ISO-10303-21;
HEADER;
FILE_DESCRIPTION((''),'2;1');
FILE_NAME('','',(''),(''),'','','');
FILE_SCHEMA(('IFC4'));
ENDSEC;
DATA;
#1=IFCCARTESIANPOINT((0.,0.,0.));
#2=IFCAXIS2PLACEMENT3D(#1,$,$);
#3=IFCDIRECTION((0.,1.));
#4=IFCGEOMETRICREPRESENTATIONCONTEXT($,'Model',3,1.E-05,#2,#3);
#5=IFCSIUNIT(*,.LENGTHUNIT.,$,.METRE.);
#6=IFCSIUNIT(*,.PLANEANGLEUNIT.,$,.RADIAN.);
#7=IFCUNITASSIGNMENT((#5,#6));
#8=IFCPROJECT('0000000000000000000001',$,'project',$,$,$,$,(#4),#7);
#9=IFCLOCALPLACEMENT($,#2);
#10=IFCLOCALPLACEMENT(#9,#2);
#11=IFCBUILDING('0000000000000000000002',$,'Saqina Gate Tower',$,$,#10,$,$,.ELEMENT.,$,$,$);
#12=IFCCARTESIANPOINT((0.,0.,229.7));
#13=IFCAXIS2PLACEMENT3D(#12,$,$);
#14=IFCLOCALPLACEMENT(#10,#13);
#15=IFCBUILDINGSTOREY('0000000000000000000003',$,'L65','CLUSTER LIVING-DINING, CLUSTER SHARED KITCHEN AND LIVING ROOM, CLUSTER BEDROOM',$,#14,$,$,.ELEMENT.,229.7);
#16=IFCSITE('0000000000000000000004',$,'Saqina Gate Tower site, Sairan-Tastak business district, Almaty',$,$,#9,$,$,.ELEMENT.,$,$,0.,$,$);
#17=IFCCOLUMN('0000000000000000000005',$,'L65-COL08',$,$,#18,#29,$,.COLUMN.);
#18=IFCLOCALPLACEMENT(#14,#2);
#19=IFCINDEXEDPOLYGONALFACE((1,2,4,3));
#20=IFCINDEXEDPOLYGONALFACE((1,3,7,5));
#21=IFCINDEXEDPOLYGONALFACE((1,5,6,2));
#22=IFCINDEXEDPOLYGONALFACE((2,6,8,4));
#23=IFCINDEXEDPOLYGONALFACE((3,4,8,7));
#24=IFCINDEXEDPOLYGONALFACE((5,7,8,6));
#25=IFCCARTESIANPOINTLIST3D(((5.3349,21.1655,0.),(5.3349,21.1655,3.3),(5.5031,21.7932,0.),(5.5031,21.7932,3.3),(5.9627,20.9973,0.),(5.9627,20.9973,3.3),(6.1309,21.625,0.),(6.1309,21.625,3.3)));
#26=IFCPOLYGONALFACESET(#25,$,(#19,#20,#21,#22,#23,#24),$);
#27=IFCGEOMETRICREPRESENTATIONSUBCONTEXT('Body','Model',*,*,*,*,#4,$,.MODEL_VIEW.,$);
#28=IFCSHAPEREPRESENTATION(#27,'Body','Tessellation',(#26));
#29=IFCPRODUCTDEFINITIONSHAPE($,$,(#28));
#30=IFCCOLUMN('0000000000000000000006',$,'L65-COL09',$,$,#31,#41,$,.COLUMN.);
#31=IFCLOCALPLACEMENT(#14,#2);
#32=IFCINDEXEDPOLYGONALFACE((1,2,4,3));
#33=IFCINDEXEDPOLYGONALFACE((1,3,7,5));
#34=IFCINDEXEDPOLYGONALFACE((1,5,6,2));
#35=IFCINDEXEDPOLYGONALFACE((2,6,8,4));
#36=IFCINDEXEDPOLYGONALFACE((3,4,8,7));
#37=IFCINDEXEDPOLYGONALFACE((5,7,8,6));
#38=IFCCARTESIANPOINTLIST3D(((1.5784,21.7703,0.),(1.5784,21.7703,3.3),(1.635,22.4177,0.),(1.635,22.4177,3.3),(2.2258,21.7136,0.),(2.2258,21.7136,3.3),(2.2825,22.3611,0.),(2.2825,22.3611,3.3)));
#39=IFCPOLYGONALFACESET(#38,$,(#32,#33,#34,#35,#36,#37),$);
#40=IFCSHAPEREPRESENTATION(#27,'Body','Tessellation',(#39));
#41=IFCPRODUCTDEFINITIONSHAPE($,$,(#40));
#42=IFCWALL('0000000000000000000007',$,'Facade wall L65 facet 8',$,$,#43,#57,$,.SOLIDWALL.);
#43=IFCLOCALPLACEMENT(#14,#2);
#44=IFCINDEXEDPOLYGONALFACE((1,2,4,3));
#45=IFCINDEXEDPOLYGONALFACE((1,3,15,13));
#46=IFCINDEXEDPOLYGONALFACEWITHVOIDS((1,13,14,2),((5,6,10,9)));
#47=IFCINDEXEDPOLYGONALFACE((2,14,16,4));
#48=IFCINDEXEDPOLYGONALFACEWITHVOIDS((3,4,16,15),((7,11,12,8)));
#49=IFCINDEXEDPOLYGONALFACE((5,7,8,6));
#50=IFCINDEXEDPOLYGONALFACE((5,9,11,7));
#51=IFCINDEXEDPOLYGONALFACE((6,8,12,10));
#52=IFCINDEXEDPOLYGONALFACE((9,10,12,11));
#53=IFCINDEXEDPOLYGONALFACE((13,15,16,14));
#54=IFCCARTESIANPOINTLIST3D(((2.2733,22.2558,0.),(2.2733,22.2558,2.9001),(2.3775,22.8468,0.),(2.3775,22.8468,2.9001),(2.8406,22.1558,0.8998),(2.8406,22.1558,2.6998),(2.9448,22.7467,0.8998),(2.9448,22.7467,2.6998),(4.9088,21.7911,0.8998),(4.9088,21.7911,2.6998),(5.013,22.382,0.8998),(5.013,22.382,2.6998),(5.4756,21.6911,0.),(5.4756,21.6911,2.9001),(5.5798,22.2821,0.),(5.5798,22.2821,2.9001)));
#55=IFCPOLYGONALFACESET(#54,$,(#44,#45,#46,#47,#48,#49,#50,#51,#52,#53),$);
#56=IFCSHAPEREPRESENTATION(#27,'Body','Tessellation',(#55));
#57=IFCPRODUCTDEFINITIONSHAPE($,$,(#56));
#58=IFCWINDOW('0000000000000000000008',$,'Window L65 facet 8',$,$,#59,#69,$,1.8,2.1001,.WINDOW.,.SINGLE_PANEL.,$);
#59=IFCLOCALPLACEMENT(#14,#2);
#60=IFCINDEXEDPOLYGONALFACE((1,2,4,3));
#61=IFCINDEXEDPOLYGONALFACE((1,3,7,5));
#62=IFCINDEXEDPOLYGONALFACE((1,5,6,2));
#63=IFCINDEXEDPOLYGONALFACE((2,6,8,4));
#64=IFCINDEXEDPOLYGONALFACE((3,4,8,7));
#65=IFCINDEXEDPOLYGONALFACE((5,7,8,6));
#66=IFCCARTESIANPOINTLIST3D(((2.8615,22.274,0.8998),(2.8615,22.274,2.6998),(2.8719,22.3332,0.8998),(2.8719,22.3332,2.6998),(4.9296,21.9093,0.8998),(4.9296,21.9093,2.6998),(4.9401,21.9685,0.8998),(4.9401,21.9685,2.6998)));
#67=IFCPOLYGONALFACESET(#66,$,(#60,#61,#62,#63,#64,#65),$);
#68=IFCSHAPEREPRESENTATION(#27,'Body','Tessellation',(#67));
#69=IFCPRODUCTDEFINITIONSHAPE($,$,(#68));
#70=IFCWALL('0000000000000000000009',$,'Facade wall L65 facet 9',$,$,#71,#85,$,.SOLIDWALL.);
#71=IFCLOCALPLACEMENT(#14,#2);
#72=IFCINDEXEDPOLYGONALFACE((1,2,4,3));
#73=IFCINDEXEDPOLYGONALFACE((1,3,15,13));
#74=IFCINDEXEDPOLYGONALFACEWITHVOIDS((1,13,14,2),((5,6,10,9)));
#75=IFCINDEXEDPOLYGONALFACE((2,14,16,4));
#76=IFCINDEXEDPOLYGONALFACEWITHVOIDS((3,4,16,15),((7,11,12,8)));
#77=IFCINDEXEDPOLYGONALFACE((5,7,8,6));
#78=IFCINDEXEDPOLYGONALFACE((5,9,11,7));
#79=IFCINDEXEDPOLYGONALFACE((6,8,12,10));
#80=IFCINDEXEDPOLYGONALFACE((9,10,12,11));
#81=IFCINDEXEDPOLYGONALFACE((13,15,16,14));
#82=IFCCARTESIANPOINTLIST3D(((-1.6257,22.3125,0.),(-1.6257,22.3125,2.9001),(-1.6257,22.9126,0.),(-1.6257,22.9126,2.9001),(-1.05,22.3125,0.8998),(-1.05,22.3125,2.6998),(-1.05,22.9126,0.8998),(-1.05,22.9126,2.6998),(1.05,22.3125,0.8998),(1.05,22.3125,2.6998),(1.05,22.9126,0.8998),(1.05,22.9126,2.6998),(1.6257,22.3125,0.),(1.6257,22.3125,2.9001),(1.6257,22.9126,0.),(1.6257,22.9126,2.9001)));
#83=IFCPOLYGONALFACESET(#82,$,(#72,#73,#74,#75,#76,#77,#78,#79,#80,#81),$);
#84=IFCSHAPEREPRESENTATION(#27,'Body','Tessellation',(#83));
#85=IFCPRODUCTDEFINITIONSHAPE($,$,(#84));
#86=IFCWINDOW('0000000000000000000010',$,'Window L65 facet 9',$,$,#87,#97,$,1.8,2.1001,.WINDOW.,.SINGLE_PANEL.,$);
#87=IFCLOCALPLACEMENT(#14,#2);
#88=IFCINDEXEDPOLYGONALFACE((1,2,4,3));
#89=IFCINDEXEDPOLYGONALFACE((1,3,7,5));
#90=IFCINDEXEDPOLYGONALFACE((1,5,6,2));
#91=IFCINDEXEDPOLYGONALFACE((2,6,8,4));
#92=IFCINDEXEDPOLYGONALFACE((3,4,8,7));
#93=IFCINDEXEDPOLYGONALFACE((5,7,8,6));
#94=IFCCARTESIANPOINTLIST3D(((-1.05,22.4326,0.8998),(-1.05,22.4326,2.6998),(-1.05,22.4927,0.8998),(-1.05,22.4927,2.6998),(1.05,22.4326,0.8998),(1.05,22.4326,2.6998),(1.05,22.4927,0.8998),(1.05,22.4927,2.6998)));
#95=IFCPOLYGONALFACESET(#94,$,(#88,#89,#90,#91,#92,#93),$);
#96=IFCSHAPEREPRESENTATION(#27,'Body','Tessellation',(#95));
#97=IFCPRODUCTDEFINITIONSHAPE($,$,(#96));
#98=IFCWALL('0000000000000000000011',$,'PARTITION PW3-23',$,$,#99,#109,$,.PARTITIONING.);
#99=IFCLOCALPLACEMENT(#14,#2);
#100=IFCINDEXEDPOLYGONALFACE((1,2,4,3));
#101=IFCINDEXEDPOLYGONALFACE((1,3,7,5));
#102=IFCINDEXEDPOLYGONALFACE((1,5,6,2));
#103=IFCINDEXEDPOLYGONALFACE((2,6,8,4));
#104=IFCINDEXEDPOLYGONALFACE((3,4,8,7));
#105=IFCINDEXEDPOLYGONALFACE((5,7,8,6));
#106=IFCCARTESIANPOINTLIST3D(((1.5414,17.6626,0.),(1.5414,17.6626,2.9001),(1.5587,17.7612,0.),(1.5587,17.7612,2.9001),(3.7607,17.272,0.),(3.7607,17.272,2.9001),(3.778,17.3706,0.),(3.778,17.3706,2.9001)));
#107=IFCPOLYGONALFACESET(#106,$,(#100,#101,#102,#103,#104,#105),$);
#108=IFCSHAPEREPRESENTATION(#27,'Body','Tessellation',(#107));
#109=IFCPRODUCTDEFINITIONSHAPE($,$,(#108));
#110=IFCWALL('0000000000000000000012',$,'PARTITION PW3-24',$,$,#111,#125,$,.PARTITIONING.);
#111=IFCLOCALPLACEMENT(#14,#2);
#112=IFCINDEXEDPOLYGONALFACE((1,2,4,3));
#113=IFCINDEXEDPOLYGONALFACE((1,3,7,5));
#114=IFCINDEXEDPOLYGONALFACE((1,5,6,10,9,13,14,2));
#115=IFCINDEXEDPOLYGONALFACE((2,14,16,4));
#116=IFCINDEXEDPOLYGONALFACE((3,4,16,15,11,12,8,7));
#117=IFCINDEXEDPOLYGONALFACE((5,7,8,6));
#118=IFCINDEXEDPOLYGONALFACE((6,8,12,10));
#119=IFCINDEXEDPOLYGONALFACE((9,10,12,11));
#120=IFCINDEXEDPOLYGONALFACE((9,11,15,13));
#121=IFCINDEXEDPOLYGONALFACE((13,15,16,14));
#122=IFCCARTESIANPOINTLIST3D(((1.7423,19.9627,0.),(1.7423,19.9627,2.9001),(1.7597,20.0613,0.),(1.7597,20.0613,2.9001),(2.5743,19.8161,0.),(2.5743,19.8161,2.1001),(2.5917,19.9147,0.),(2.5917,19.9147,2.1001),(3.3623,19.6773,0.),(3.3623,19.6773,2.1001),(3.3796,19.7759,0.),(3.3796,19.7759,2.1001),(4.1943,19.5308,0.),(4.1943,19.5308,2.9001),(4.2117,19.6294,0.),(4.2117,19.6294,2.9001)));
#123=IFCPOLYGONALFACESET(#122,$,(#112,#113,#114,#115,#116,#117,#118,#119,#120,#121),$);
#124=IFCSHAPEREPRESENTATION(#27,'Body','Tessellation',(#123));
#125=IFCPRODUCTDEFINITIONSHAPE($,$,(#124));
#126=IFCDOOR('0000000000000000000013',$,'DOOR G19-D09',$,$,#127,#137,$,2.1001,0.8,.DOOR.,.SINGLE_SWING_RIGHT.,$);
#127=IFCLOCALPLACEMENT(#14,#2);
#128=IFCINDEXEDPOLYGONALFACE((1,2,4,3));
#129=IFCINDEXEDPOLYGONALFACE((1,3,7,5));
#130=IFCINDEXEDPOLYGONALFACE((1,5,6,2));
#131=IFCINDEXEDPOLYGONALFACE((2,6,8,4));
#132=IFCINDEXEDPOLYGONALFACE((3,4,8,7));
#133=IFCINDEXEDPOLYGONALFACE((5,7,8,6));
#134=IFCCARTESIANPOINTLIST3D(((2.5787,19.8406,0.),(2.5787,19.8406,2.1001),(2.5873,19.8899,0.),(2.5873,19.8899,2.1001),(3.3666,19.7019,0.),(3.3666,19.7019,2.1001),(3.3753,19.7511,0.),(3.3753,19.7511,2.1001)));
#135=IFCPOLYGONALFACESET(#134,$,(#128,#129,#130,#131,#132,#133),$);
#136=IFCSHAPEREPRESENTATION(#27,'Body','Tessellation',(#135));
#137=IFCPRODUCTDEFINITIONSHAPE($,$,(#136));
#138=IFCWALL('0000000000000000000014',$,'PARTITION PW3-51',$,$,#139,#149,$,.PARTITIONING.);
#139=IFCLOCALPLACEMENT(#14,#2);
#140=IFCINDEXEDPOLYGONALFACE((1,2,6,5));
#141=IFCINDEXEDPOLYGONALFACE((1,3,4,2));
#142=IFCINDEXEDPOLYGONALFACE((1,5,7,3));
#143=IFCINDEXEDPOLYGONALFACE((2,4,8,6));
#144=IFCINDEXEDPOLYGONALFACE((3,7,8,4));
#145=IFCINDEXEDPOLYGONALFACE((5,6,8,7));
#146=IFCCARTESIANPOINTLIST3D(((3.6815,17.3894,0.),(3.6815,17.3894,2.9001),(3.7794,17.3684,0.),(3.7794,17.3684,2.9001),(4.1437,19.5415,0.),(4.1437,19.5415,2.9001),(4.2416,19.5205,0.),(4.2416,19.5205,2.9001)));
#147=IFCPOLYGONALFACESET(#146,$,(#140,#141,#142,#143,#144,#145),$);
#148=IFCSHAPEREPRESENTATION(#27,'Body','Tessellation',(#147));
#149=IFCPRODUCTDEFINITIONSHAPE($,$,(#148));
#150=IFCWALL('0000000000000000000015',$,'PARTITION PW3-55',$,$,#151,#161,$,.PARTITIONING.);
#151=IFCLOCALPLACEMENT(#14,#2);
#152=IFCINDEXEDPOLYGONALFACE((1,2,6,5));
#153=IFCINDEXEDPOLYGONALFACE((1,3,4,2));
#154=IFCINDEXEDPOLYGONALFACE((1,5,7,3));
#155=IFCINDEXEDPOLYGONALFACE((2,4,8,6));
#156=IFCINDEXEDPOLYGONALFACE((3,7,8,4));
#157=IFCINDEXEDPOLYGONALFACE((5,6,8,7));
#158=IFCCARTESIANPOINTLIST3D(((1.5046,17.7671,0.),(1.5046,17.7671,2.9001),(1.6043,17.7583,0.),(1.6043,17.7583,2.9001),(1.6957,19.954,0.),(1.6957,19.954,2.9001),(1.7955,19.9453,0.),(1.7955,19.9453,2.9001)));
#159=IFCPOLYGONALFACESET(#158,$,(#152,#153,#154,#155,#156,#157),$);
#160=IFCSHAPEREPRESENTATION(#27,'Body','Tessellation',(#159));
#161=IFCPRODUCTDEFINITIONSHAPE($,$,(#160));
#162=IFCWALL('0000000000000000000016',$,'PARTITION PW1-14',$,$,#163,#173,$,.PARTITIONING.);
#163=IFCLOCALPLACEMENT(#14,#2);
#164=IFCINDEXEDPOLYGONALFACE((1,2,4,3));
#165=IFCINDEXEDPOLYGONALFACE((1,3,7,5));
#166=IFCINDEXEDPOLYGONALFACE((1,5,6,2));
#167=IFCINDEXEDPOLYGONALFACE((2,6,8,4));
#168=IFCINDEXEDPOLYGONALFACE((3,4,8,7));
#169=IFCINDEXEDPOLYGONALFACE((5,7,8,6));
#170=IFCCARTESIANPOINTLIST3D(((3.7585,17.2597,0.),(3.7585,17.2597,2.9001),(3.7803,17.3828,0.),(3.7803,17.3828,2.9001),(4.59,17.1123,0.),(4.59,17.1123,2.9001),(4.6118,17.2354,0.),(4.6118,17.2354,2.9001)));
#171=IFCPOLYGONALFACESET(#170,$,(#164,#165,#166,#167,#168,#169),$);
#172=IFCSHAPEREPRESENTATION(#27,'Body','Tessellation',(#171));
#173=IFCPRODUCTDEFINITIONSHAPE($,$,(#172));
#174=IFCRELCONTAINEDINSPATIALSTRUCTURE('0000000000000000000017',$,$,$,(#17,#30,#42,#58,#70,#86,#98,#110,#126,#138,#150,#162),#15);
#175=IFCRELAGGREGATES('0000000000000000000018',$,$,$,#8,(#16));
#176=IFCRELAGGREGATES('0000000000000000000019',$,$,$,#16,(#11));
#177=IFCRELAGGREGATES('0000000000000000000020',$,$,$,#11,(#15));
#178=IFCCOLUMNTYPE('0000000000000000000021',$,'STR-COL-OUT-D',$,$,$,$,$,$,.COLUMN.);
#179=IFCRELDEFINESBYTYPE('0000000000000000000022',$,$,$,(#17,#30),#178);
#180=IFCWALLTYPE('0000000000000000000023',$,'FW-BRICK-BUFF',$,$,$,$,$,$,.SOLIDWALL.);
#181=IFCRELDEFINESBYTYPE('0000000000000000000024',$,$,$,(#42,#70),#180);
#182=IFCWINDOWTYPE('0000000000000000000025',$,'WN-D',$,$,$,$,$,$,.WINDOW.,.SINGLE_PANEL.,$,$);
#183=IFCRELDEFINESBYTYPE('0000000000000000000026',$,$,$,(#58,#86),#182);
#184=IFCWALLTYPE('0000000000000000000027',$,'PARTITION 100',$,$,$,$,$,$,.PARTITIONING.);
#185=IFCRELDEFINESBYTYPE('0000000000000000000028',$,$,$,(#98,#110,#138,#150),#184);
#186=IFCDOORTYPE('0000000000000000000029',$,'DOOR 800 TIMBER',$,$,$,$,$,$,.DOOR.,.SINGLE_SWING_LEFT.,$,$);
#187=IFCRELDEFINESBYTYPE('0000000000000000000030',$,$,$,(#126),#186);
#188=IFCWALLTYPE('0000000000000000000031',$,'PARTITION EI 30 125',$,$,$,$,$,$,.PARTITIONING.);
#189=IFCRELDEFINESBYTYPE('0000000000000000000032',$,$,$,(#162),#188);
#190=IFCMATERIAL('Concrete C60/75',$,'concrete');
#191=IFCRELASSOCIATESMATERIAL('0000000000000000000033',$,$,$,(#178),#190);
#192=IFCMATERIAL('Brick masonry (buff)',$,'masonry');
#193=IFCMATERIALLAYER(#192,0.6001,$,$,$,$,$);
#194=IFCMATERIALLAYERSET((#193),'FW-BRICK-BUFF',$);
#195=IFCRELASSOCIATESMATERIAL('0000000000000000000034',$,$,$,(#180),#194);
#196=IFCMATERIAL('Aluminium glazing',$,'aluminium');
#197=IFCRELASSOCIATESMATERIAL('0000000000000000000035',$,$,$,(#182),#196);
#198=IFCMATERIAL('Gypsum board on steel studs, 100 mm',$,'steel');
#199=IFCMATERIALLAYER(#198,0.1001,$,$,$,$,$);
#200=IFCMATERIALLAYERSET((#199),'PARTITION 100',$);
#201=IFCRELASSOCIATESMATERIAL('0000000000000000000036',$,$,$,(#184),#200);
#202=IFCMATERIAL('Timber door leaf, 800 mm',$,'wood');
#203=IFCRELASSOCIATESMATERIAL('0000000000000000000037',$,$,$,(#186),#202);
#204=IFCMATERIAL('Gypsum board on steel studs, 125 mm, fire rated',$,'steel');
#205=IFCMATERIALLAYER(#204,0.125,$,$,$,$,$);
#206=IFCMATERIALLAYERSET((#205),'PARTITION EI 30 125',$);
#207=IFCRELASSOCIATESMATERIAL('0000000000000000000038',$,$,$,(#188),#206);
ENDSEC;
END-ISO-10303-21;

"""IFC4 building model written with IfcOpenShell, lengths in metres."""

from ifc_helpers import new_model, si_unit, direction, frame, frame_2d, origin, origin_2d, place, context, subcontext, project, spatial, rectangle, extrude, material, layer, layer_set, material_profile, profile_set, type_object, element, fill, save


model = new_model("IFC4")

# Units and contexts
model_context = context("Model", 3, precision=1e-05, world=origin(), true_north=direction((0.0, 1.0)))
body_context = subcontext(model_context, "Body", "Model", "MODEL_VIEW")
ifc_project = project(units=[si_unit("LENGTHUNIT", "METRE"), si_unit("PLANEANGLEUNIT", "RADIAN")], contexts=[model_context])

# Site, building, storey
site_placement = place(None, origin())
site = spatial("IfcSite", under=ifc_project, at=site_placement, Name="Saqina Gate Tower site, Sairan-Tastak business district, Almaty", CompositionType="ELEMENT", RefElevation=0.0)
building_placement = place(site_placement, origin())
building = spatial("IfcBuilding", under=site, at=building_placement, Name="Saqina Gate Tower", CompositionType="ELEMENT")
storey_placement = place(building_placement, frame((0.0, 0.0, 229.7)))
storey = spatial("IfcBuildingStorey", under=building, at=storey_placement, Name="L65", Description="CLUSTER LIVING-DINING, CLUSTER SHARED KITCHEN AND LIVING ROOM, CLUSTER BEDROOM", CompositionType="ELEMENT", Elevation=229.7)

# Columns
ifc_material_1 = material(Name="Concrete C60/75", Category="concrete")
ifc_material_profile = material_profile(ifc_material_1, rectangle(XDim=0.6499, YDim=0.6499, at=origin_2d()), Name="RC 650x650")
ifc_profile_set = profile_set([ifc_material_profile], Name="Concrete C60/75")
column_type = type_object("IfcColumnType", Name="STR-COL-OUT-D", PredefinedType="COLUMN", material=ifc_profile_set)
for number, where, z_axis, x_axis, name in (
    (1, (5.7329, 21.3953, 0.0), (0.0, 0.0, 1.0), (0.258819, 0.965926, 0.0), "L65-COL08"),
    (2, (1.9304, 22.0657, 0.0), (0.0, 0.0, 1.0), (0.087156, 0.996195, 0.0), "L65-COL09"),
):
    element("IfcColumn", number, at=place(storey_placement, frame(where, z_axis=z_axis, x_axis=x_axis)), inside=storey, type_object=column_type, Name=name, PredefinedType="COLUMN", context=body_context, shape_type="SweptSolid", body=[
        extrude(rectangle(XDim=0.6499, YDim=0.6499, at=origin_2d()), origin(), (0.0, 0.0, 1.0), 3.3),
    ])

# Walls, openings, windows
ifc_material_2 = material(Name="Brick masonry (buff)", Category="masonry")
ifc_layer_1 = layer(ifc_material_2, 0.6001)
ifc_layer_set_1 = layer_set([ifc_layer_1], Name="FW-BRICK-BUFF")
wall_type_1 = type_object("IfcWallType", Name="FW-BRICK-BUFF", PredefinedType="SOLIDWALL", material=ifc_layer_set_1)
wall_1_placement = place(storey_placement, frame((5.5278, 21.9866, 0.0), z_axis=(0.0, 0.0, 1.0), x_axis=(-0.984806, 0.173657, 0.0)))
wall_1 = element("IfcWall", 3, at=wall_1_placement, inside=storey, type_object=wall_type_1, Name="Facade wall L65 facet 8", PredefinedType="SOLIDWALL", context=body_context, shape_type="SweptSolid", body=[
    extrude(rectangle(XDim=3.2517, YDim=0.6001, at=frame_2d((1.626, 0.0))), origin(), (0.0, 0.0, 1.0), 2.9001),
])
opening_1_placement = place(wall_1_placement, frame((0.5757, 0.0, 0.8999)))
opening_1 = element("IfcOpeningElement", 4, at=opening_1_placement, cuts=wall_1, PredefinedType="OPENING", context=body_context, shape_type="SweptSolid", body=[
    extrude(rectangle(XDim=2.1001, YDim=1.8, at=frame_2d((1.05, 0.8999))), frame((0.0, 0.312, 0.0), z_axis=(0.0, -1.0, 0.0), x_axis=(1.0, 0.0, 0.0)), (0.0, 0.0, 1.0), 0.624),
])
ifc_material_3 = material(Name="Aluminium glazing", Category="aluminium")
window_type = type_object("IfcWindowType", Name="WN-D", PartitioningType="SINGLE_PANEL", PredefinedType="WINDOW", material=ifc_material_3)
window_1_placement = place(opening_1_placement, origin())
window_1 = element("IfcWindow", 5, at=window_1_placement, inside=storey, type_object=window_type, Name="Window L65 facet 8", OverallHeight=1.8, OverallWidth=2.1001, PartitioningType="SINGLE_PANEL", PredefinedType="WINDOW", context=body_context, shape_type="SweptSolid", body=[
    extrude(rectangle(XDim=2.1001, YDim=1.8, at=frame_2d((1.05, 0.8999))), frame((0.0, 0.1799, 0.0), z_axis=(0.0, -1.0, 0.0), x_axis=(1.0, 0.0, 0.0)), (0.0, 0.0, 1.0), 0.0601),
])
fill(opening_1, window_1)
wall_2_placement = place(storey_placement, frame((1.6257, 22.6125, 0.0), z_axis=(0.0, 0.0, 1.0), x_axis=(-1.0, 0.0, 0.0)))
wall_2 = element("IfcWall", 6, at=wall_2_placement, inside=storey, type_object=wall_type_1, Name="Facade wall L65 facet 9", PredefinedType="SOLIDWALL", context=body_context, shape_type="SweptSolid", body=[
    extrude(rectangle(XDim=3.2515, YDim=0.6001, at=frame_2d((1.6257, 0.0))), origin(), (0.0, 0.0, 1.0), 2.9001),
])
opening_2_placement = place(wall_2_placement, frame((0.5757, 0.0, 0.8999)))
opening_2 = element("IfcOpeningElement", 7, at=opening_2_placement, cuts=wall_2, PredefinedType="OPENING", context=body_context, shape_type="SweptSolid", body=[
    extrude(rectangle(XDim=2.1001, YDim=1.8, at=frame_2d((1.05, 0.8999))), frame((0.0, 0.312, 0.0), z_axis=(0.0, -1.0, 0.0), x_axis=(1.0, 0.0, 0.0)), (0.0, 0.0, 1.0), 0.624),
])
window_2_placement = place(opening_2_placement, origin())
window_2 = element("IfcWindow", 8, at=window_2_placement, inside=storey, type_object=window_type, Name="Window L65 facet 9", OverallHeight=1.8, OverallWidth=2.1001, PartitioningType="SINGLE_PANEL", PredefinedType="WINDOW", context=body_context, shape_type="SweptSolid", body=[
    extrude(rectangle(XDim=2.1001, YDim=1.8, at=frame_2d((1.05, 0.8999))), frame((0.0, 0.1799, 0.0), z_axis=(0.0, -1.0, 0.0), x_axis=(1.0, 0.0, 0.0)), (0.0, 0.0, 1.0), 0.0601),
])
fill(opening_2, window_2)

# Wall
ifc_material_4 = material(Name="Gypsum board on steel studs, 100 mm", Category="steel")
ifc_layer_2 = layer(ifc_material_4, 0.1001)
ifc_layer_set_2 = layer_set([ifc_layer_2], Name="PARTITION 100")
wall_type_2 = type_object("IfcWallType", Name="PARTITION 100", PredefinedType="PARTITIONING", material=ifc_layer_set_2)
wall_3_placement = place(storey_placement, frame((1.55, 17.7119, 0.0), z_axis=(0.0, 0.0, 1.0), x_axis=(0.98486, -0.173353, 0.0)))
element("IfcWall", 9, at=wall_3_placement, inside=storey, type_object=wall_type_2, Name="PARTITION PW3-23", PredefinedType="PARTITIONING", context=body_context, shape_type="SweptSolid", body=[
    extrude(rectangle(XDim=2.2534, YDim=0.1001, at=frame_2d((1.1267, 0.0))), origin(), (0.0, 0.0, 1.0), 2.9001),
])

# Wall, opening, door
wall_4_placement = place(storey_placement, frame((1.751, 20.012, 0.0), z_axis=(0.0, 0.0, 1.0), x_axis=(0.984839, -0.173472, 0.0)))
wall_4 = element("IfcWall", 10, at=wall_4_placement, inside=storey, type_object=wall_type_2, Name="PARTITION PW3-24", PredefinedType="PARTITIONING", context=body_context, shape_type="SweptSolid", body=[
    extrude(rectangle(XDim=2.4897, YDim=0.1001, at=frame_2d((1.2449, 0.0))), origin(), (0.0, 0.0, 1.0), 2.9001),
])
opening_3_placement = place(wall_4_placement, frame((0.845, 0.0, 0.0)))
opening_3 = element("IfcOpeningElement", 11, at=opening_3_placement, cuts=wall_4, PredefinedType="OPENING", context=body_context, shape_type="SweptSolid", body=[
    extrude(rectangle(XDim=0.8, YDim=2.1001, at=frame_2d((0.3999, 1.05))), frame((0.0, 0.062, 0.0), z_axis=(0.0, -1.0, 0.0), x_axis=(1.0, 0.0, 0.0)), (0.0, 0.0, 1.0), 0.124),
])
ifc_material_5 = material(Name="Timber door leaf, 800 mm", Category="wood")
door_type_1 = type_object("IfcDoorType", Name="DOOR 800 TIMBER", OperationType="SINGLE_SWING_LEFT", PredefinedType="DOOR", material=ifc_material_5)
door_1_placement = place(opening_3_placement, origin())
door_1 = element("IfcDoor", 12, at=door_1_placement, inside=storey, type_object=door_type_1, Name="DOOR G19-D09", OperationType="SINGLE_SWING_RIGHT", OverallHeight=2.1001, OverallWidth=0.8, PredefinedType="DOOR", context=body_context, shape_type="SweptSolid", body=[
    extrude(rectangle(XDim=0.8, YDim=2.1001, at=frame_2d((0.3999, 1.05))), frame((0.0, 0.0249, 0.0), z_axis=(0.0, -1.0, 0.0), x_axis=(1.0, 0.0, 0.0)), (0.0, 0.0, 1.0), 0.05),
])
fill(opening_3, door_1)

# Walls
wall_5_placement = place(storey_placement, frame((3.7305, 17.3789, 0.0), z_axis=(0.0, 0.0, 1.0), x_axis=(0.209961, 0.97771, 0.0)))
element("IfcWall", 13, at=wall_5_placement, inside=storey, type_object=wall_type_2, Name="PARTITION PW3-51", PredefinedType="PARTITIONING", context=body_context, shape_type="SweptSolid", body=[
    extrude(rectangle(XDim=2.2012, YDim=0.1001, at=frame_2d((1.1006, 0.0))), origin(), (0.0, 0.0, 1.0), 2.9001),
])
wall_6_placement = place(storey_placement, frame((1.5544, 17.7627, 0.0), z_axis=(0.0, 0.0, 1.0), x_axis=(0.087076, 0.996202, 0.0)))
element("IfcWall", 14, at=wall_6_placement, inside=storey, type_object=wall_type_2, Name="PARTITION PW3-55", PredefinedType="PARTITIONING", context=body_context, shape_type="SweptSolid", body=[
    extrude(rectangle(XDim=2.1953, YDim=0.1001, at=frame_2d((1.0977, 0.0))), origin(), (0.0, 0.0, 1.0), 2.9001),
])
ifc_material_6 = material(Name="Gypsum board on steel studs, 125 mm, fire rated", Category="steel")
ifc_layer_3 = layer(ifc_material_6, 0.125)
ifc_layer_set_3 = layer_set([ifc_layer_3], Name="PARTITION EI 30 125")
wall_type_3 = type_object("IfcWallType", Name="PARTITION EI 30 125", PredefinedType="PARTITIONING", material=ifc_layer_set_3)
wall_7_placement = place(storey_placement, frame((3.7693, 17.3213, 0.0), z_axis=(0.0, 0.0, 1.0), x_axis=(0.984638, -0.17461, 0.0)))
element("IfcWall", 15, at=wall_7_placement, inside=storey, type_object=wall_type_3, Name="PARTITION PW1-14", PredefinedType="PARTITIONING", context=body_context, shape_type="SweptSolid", body=[
    extrude(rectangle(XDim=0.8445, YDim=0.125, at=frame_2d((0.4224, 0.0))), origin(), (0.0, 0.0, 1.0), 2.9001),
])

save(model, "model.ifc")
